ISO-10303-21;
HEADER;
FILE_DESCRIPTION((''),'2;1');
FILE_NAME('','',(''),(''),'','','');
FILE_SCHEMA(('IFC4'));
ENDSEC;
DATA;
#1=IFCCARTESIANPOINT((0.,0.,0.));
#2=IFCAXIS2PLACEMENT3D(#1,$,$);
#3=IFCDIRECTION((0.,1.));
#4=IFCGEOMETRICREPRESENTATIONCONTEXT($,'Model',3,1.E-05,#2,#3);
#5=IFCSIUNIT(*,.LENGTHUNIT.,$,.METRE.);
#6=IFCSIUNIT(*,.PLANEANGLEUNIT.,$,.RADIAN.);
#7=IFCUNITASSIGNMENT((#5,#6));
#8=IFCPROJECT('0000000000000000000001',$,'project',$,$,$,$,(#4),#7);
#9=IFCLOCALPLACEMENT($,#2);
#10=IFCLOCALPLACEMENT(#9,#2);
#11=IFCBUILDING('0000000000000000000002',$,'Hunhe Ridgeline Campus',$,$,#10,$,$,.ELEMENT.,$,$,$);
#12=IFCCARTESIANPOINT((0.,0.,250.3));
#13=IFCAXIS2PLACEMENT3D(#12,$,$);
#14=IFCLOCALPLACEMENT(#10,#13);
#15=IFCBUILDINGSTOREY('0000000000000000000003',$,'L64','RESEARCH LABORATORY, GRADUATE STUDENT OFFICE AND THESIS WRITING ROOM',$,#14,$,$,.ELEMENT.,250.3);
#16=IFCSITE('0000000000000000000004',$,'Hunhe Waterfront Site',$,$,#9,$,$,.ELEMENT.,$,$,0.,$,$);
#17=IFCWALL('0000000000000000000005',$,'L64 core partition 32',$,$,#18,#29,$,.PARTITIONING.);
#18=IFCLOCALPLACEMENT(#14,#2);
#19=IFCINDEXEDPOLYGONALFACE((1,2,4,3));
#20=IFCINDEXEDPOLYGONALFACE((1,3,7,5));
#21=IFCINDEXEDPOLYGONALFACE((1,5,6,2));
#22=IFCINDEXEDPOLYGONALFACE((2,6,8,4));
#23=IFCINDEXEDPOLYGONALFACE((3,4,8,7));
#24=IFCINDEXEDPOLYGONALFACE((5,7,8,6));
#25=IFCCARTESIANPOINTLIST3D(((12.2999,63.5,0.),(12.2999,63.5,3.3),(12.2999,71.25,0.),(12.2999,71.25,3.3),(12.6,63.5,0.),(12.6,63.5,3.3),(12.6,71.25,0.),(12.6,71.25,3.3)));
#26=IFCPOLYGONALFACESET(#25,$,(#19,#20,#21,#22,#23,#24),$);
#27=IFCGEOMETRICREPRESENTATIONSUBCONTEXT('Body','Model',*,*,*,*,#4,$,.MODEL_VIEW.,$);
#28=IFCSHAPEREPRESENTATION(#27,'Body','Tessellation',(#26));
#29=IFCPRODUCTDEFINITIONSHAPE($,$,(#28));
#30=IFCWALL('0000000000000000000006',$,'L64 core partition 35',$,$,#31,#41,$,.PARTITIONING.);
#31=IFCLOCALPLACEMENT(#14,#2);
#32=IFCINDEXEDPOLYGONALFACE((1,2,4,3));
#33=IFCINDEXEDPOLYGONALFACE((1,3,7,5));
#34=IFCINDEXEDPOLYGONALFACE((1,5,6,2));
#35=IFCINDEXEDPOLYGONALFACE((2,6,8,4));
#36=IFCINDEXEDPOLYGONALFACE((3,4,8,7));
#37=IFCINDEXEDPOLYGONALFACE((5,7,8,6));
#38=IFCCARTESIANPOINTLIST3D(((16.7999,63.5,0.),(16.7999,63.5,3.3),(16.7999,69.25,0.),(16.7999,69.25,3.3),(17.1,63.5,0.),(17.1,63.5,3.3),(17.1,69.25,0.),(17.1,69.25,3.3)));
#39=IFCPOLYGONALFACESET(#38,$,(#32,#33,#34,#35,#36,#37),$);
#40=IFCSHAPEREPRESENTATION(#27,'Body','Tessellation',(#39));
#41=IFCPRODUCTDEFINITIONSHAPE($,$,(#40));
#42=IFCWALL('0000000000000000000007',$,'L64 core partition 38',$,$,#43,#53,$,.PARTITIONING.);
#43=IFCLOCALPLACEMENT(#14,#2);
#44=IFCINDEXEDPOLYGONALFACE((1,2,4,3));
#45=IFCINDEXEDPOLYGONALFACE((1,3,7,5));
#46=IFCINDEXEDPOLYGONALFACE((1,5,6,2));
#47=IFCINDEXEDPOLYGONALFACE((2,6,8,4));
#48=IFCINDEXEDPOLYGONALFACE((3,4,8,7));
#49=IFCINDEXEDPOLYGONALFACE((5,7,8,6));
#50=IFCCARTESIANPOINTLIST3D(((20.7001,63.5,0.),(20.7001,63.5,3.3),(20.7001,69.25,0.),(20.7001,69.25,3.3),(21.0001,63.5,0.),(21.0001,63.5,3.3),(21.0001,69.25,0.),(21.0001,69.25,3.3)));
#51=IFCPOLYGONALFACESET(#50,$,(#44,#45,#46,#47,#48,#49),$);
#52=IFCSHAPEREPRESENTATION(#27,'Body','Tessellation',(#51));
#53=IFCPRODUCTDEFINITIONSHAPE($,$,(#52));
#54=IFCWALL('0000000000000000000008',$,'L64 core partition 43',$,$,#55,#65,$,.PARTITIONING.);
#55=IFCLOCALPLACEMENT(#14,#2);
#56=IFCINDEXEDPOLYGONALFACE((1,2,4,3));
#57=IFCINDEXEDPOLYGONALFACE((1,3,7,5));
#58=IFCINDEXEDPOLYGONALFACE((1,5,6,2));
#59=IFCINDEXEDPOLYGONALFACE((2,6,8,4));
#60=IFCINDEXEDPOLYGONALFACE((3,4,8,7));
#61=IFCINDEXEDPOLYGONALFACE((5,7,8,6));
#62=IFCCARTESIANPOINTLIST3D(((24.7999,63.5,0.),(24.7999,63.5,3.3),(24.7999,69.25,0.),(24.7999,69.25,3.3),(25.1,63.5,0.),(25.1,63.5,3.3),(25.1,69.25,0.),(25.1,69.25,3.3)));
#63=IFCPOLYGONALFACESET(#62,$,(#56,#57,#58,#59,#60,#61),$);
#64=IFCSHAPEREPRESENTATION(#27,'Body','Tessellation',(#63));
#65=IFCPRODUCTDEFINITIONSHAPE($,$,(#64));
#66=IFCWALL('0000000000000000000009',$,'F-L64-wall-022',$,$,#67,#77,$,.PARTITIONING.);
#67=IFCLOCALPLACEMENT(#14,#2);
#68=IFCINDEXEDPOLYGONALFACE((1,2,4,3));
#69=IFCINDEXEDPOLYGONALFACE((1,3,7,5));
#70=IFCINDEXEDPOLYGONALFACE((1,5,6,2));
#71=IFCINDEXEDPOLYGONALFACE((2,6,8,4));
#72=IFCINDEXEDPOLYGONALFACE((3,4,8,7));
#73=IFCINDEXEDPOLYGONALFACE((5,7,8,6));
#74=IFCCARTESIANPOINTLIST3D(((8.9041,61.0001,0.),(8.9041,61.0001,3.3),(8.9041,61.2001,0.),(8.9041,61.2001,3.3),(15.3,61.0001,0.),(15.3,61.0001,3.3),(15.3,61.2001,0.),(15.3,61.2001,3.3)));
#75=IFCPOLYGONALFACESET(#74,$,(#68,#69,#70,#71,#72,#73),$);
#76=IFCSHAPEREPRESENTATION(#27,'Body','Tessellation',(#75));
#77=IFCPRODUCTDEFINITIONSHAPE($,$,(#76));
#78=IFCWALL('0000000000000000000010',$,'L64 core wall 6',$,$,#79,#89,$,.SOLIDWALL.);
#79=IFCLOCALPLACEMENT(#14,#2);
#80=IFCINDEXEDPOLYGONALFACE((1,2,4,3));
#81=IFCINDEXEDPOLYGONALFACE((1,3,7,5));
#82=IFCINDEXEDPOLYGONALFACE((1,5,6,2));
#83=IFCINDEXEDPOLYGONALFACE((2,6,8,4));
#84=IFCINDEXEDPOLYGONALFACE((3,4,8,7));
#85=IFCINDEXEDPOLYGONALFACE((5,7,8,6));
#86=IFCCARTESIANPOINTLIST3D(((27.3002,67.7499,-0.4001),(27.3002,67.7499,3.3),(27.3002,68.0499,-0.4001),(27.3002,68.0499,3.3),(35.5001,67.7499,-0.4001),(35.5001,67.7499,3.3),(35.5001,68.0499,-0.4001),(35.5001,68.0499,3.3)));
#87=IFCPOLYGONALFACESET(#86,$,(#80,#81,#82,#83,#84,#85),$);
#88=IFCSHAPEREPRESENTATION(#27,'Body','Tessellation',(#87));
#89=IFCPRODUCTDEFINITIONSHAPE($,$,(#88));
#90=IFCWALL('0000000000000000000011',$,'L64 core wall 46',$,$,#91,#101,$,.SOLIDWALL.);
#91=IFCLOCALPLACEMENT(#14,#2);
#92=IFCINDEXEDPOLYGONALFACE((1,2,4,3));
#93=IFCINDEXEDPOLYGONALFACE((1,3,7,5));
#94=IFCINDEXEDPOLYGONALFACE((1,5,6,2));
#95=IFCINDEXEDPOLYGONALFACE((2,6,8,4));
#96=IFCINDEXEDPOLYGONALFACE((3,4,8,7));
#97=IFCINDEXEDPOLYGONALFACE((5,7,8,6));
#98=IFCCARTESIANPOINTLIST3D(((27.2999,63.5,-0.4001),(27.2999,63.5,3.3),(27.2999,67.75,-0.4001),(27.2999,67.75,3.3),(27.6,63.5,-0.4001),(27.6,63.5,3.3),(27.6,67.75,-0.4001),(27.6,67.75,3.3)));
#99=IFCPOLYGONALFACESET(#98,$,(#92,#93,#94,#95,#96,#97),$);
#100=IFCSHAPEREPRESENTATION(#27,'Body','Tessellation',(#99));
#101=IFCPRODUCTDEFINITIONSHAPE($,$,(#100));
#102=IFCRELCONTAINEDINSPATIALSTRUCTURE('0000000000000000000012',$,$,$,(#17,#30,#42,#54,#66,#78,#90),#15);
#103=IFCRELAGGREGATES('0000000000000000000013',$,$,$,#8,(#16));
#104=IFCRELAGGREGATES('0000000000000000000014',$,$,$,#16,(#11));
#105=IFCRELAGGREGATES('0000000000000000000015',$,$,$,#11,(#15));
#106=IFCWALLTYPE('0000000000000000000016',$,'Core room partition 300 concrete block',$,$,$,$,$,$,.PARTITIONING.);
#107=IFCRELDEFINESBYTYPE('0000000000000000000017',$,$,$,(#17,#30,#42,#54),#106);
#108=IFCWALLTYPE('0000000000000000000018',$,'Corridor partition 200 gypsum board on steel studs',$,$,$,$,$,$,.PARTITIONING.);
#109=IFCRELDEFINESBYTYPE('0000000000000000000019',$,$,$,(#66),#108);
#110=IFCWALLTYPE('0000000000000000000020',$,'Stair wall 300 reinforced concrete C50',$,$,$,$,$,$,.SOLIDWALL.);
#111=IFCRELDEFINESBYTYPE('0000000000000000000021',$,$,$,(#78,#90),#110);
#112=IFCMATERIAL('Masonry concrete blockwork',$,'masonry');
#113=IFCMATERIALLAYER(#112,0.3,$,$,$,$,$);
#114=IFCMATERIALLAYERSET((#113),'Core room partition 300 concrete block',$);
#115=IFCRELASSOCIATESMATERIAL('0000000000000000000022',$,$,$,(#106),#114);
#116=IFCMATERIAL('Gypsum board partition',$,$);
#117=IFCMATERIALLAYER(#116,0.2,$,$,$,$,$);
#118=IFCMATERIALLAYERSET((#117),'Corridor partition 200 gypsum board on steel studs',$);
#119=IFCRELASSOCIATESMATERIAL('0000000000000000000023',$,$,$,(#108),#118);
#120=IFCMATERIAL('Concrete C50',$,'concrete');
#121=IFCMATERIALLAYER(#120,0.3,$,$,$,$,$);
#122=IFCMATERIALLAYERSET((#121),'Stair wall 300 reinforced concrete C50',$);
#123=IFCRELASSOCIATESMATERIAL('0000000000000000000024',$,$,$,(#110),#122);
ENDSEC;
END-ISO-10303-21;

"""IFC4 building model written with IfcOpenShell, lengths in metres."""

from ifc_helpers import new_model, si_unit, direction, frame, frame_2d, origin, place, context, subcontext, project, spatial, rectangle, extrude, material, layer, layer_set, type_object, element, save


model = new_model("IFC4")

# Units and contexts
model_context = context("Model", 3, precision=1e-05, world=origin(), true_north=direction((0.0, 1.0)))
body_context = subcontext(model_context, "Body", "Model", "MODEL_VIEW")
ifc_project = project(units=[si_unit("LENGTHUNIT", "METRE"), si_unit("PLANEANGLEUNIT", "RADIAN")], contexts=[model_context])

# Site, building, storey
site_placement = place(None, origin())
site = spatial("IfcSite", under=ifc_project, at=site_placement, Name="Hunhe Waterfront Site", CompositionType="ELEMENT", RefElevation=0.0)
building_placement = place(site_placement, origin())
building = spatial("IfcBuilding", under=site, at=building_placement, Name="Hunhe Ridgeline Campus", CompositionType="ELEMENT")
storey_placement = place(building_placement, frame((0.0, 0.0, 250.3)))
storey = spatial("IfcBuildingStorey", under=building, at=storey_placement, Name="L64", Description="RESEARCH LABORATORY, GRADUATE STUDENT OFFICE AND THESIS WRITING ROOM", CompositionType="ELEMENT", Elevation=250.3)

# Shared definitions
ifc_material_1 = material(Name="Masonry concrete blockwork", Category="masonry")
ifc_layer_1 = layer(ifc_material_1, 0.3)
ifc_layer_set_1 = layer_set([ifc_layer_1], Name="Core room partition 300 concrete block")
wall_type_1 = type_object("IfcWallType", Name="Core room partition 300 concrete block", PredefinedType="PARTITIONING", material=ifc_layer_set_1)

# Walls
wall_1_placement = place(storey_placement, frame((12.45, 63.5, 0.0), z_axis=(0.0, 0.0, 1.0), x_axis=(0.0, 1.0, 0.0)))
element("IfcWall", 1, at=wall_1_placement, inside=storey, type_object=wall_type_1, Name="L64 core partition 32", PredefinedType="PARTITIONING", context=body_context, shape_type="SweptSolid", body=[
    extrude(rectangle(XDim=7.75, YDim=0.3, at=frame_2d((3.875, 0.0))), origin(), (0.0, 0.0, 1.0), 3.3),
])
for number, where, z_axis, x_axis, name in (
    (2, (16.95, 63.5, 0.0), (0.0, 0.0, 1.0), (0.0, 1.0, 0.0), "L64 core partition 35"),
    (3, (20.8501, 63.5, 0.0), (0.0, 0.0, 1.0), (0.0, 1.0, 0.0), "L64 core partition 38"),
    (4, (24.95, 63.5, 0.0), (0.0, 0.0, 1.0), (0.0, 1.0, 0.0), "L64 core partition 43"),
):
    element("IfcWall", number, at=place(storey_placement, frame(where, z_axis=z_axis, x_axis=x_axis)), inside=storey, type_object=wall_type_1, Name=name, PredefinedType="PARTITIONING", context=body_context, shape_type="SweptSolid", body=[
        extrude(rectangle(XDim=5.75, YDim=0.3, at=frame_2d((2.875, 0.0))), origin(), (0.0, 0.0, 1.0), 3.3),
    ])
ifc_material_2 = material(Name="Gypsum board partition")
ifc_layer_2 = layer(ifc_material_2, 0.2)
ifc_layer_set_2 = layer_set([ifc_layer_2], Name="Corridor partition 200 gypsum board on steel studs")
wall_type_2 = type_object("IfcWallType", Name="Corridor partition 200 gypsum board on steel studs", PredefinedType="PARTITIONING", material=ifc_layer_set_2)
wall_2_placement = place(storey_placement, frame((15.3, 61.1001, 0.0), z_axis=(0.0, 0.0, 1.0), x_axis=(-1.0, 0.0, 0.0)))
element("IfcWall", 5, at=wall_2_placement, inside=storey, type_object=wall_type_2, Name="F-L64-wall-022", PredefinedType="PARTITIONING", context=body_context, shape_type="SweptSolid", body=[
    extrude(rectangle(XDim=6.396, YDim=0.2, at=frame_2d((3.198, 0.0))), origin(), (0.0, 0.0, 1.0), 3.3),
])

# Walls
ifc_material_3 = material(Name="Concrete C50", Category="concrete")
ifc_layer_3 = layer(ifc_material_3, 0.3)
ifc_layer_set_3 = layer_set([ifc_layer_3], Name="Stair wall 300 reinforced concrete C50")
wall_type_3 = type_object("IfcWallType", Name="Stair wall 300 reinforced concrete C50", PredefinedType="SOLIDWALL", material=ifc_layer_set_3)
wall_3_placement = place(storey_placement, frame((27.3, 67.8999, -0.4001), z_axis=(0.0, 0.0, 1.0), x_axis=(1.0, 0.0, 0.0)))
element("IfcWall", 6, at=wall_3_placement, inside=storey, type_object=wall_type_3, Name="L64 core wall 6", PredefinedType="SOLIDWALL", context=body_context, shape_type="SweptSolid", body=[
    extrude(rectangle(XDim=8.2, YDim=0.3, at=frame_2d((4.1001, 0.0))), origin(), (0.0, 0.0, 1.0), 3.7002),
])
wall_4_placement = place(storey_placement, frame((27.45, 63.5, -0.4001), z_axis=(0.0, 0.0, 1.0), x_axis=(0.0, 1.0, 0.0)))
element("IfcWall", 7, at=wall_4_placement, inside=storey, type_object=wall_type_3, Name="L64 core wall 46", PredefinedType="SOLIDWALL", context=body_context, shape_type="SweptSolid", body=[
    extrude(rectangle(XDim=4.25, YDim=0.3, at=frame_2d((2.125, 0.0))), origin(), (0.0, 0.0, 1.0), 3.7002),
])

save(model, "model.ifc")
